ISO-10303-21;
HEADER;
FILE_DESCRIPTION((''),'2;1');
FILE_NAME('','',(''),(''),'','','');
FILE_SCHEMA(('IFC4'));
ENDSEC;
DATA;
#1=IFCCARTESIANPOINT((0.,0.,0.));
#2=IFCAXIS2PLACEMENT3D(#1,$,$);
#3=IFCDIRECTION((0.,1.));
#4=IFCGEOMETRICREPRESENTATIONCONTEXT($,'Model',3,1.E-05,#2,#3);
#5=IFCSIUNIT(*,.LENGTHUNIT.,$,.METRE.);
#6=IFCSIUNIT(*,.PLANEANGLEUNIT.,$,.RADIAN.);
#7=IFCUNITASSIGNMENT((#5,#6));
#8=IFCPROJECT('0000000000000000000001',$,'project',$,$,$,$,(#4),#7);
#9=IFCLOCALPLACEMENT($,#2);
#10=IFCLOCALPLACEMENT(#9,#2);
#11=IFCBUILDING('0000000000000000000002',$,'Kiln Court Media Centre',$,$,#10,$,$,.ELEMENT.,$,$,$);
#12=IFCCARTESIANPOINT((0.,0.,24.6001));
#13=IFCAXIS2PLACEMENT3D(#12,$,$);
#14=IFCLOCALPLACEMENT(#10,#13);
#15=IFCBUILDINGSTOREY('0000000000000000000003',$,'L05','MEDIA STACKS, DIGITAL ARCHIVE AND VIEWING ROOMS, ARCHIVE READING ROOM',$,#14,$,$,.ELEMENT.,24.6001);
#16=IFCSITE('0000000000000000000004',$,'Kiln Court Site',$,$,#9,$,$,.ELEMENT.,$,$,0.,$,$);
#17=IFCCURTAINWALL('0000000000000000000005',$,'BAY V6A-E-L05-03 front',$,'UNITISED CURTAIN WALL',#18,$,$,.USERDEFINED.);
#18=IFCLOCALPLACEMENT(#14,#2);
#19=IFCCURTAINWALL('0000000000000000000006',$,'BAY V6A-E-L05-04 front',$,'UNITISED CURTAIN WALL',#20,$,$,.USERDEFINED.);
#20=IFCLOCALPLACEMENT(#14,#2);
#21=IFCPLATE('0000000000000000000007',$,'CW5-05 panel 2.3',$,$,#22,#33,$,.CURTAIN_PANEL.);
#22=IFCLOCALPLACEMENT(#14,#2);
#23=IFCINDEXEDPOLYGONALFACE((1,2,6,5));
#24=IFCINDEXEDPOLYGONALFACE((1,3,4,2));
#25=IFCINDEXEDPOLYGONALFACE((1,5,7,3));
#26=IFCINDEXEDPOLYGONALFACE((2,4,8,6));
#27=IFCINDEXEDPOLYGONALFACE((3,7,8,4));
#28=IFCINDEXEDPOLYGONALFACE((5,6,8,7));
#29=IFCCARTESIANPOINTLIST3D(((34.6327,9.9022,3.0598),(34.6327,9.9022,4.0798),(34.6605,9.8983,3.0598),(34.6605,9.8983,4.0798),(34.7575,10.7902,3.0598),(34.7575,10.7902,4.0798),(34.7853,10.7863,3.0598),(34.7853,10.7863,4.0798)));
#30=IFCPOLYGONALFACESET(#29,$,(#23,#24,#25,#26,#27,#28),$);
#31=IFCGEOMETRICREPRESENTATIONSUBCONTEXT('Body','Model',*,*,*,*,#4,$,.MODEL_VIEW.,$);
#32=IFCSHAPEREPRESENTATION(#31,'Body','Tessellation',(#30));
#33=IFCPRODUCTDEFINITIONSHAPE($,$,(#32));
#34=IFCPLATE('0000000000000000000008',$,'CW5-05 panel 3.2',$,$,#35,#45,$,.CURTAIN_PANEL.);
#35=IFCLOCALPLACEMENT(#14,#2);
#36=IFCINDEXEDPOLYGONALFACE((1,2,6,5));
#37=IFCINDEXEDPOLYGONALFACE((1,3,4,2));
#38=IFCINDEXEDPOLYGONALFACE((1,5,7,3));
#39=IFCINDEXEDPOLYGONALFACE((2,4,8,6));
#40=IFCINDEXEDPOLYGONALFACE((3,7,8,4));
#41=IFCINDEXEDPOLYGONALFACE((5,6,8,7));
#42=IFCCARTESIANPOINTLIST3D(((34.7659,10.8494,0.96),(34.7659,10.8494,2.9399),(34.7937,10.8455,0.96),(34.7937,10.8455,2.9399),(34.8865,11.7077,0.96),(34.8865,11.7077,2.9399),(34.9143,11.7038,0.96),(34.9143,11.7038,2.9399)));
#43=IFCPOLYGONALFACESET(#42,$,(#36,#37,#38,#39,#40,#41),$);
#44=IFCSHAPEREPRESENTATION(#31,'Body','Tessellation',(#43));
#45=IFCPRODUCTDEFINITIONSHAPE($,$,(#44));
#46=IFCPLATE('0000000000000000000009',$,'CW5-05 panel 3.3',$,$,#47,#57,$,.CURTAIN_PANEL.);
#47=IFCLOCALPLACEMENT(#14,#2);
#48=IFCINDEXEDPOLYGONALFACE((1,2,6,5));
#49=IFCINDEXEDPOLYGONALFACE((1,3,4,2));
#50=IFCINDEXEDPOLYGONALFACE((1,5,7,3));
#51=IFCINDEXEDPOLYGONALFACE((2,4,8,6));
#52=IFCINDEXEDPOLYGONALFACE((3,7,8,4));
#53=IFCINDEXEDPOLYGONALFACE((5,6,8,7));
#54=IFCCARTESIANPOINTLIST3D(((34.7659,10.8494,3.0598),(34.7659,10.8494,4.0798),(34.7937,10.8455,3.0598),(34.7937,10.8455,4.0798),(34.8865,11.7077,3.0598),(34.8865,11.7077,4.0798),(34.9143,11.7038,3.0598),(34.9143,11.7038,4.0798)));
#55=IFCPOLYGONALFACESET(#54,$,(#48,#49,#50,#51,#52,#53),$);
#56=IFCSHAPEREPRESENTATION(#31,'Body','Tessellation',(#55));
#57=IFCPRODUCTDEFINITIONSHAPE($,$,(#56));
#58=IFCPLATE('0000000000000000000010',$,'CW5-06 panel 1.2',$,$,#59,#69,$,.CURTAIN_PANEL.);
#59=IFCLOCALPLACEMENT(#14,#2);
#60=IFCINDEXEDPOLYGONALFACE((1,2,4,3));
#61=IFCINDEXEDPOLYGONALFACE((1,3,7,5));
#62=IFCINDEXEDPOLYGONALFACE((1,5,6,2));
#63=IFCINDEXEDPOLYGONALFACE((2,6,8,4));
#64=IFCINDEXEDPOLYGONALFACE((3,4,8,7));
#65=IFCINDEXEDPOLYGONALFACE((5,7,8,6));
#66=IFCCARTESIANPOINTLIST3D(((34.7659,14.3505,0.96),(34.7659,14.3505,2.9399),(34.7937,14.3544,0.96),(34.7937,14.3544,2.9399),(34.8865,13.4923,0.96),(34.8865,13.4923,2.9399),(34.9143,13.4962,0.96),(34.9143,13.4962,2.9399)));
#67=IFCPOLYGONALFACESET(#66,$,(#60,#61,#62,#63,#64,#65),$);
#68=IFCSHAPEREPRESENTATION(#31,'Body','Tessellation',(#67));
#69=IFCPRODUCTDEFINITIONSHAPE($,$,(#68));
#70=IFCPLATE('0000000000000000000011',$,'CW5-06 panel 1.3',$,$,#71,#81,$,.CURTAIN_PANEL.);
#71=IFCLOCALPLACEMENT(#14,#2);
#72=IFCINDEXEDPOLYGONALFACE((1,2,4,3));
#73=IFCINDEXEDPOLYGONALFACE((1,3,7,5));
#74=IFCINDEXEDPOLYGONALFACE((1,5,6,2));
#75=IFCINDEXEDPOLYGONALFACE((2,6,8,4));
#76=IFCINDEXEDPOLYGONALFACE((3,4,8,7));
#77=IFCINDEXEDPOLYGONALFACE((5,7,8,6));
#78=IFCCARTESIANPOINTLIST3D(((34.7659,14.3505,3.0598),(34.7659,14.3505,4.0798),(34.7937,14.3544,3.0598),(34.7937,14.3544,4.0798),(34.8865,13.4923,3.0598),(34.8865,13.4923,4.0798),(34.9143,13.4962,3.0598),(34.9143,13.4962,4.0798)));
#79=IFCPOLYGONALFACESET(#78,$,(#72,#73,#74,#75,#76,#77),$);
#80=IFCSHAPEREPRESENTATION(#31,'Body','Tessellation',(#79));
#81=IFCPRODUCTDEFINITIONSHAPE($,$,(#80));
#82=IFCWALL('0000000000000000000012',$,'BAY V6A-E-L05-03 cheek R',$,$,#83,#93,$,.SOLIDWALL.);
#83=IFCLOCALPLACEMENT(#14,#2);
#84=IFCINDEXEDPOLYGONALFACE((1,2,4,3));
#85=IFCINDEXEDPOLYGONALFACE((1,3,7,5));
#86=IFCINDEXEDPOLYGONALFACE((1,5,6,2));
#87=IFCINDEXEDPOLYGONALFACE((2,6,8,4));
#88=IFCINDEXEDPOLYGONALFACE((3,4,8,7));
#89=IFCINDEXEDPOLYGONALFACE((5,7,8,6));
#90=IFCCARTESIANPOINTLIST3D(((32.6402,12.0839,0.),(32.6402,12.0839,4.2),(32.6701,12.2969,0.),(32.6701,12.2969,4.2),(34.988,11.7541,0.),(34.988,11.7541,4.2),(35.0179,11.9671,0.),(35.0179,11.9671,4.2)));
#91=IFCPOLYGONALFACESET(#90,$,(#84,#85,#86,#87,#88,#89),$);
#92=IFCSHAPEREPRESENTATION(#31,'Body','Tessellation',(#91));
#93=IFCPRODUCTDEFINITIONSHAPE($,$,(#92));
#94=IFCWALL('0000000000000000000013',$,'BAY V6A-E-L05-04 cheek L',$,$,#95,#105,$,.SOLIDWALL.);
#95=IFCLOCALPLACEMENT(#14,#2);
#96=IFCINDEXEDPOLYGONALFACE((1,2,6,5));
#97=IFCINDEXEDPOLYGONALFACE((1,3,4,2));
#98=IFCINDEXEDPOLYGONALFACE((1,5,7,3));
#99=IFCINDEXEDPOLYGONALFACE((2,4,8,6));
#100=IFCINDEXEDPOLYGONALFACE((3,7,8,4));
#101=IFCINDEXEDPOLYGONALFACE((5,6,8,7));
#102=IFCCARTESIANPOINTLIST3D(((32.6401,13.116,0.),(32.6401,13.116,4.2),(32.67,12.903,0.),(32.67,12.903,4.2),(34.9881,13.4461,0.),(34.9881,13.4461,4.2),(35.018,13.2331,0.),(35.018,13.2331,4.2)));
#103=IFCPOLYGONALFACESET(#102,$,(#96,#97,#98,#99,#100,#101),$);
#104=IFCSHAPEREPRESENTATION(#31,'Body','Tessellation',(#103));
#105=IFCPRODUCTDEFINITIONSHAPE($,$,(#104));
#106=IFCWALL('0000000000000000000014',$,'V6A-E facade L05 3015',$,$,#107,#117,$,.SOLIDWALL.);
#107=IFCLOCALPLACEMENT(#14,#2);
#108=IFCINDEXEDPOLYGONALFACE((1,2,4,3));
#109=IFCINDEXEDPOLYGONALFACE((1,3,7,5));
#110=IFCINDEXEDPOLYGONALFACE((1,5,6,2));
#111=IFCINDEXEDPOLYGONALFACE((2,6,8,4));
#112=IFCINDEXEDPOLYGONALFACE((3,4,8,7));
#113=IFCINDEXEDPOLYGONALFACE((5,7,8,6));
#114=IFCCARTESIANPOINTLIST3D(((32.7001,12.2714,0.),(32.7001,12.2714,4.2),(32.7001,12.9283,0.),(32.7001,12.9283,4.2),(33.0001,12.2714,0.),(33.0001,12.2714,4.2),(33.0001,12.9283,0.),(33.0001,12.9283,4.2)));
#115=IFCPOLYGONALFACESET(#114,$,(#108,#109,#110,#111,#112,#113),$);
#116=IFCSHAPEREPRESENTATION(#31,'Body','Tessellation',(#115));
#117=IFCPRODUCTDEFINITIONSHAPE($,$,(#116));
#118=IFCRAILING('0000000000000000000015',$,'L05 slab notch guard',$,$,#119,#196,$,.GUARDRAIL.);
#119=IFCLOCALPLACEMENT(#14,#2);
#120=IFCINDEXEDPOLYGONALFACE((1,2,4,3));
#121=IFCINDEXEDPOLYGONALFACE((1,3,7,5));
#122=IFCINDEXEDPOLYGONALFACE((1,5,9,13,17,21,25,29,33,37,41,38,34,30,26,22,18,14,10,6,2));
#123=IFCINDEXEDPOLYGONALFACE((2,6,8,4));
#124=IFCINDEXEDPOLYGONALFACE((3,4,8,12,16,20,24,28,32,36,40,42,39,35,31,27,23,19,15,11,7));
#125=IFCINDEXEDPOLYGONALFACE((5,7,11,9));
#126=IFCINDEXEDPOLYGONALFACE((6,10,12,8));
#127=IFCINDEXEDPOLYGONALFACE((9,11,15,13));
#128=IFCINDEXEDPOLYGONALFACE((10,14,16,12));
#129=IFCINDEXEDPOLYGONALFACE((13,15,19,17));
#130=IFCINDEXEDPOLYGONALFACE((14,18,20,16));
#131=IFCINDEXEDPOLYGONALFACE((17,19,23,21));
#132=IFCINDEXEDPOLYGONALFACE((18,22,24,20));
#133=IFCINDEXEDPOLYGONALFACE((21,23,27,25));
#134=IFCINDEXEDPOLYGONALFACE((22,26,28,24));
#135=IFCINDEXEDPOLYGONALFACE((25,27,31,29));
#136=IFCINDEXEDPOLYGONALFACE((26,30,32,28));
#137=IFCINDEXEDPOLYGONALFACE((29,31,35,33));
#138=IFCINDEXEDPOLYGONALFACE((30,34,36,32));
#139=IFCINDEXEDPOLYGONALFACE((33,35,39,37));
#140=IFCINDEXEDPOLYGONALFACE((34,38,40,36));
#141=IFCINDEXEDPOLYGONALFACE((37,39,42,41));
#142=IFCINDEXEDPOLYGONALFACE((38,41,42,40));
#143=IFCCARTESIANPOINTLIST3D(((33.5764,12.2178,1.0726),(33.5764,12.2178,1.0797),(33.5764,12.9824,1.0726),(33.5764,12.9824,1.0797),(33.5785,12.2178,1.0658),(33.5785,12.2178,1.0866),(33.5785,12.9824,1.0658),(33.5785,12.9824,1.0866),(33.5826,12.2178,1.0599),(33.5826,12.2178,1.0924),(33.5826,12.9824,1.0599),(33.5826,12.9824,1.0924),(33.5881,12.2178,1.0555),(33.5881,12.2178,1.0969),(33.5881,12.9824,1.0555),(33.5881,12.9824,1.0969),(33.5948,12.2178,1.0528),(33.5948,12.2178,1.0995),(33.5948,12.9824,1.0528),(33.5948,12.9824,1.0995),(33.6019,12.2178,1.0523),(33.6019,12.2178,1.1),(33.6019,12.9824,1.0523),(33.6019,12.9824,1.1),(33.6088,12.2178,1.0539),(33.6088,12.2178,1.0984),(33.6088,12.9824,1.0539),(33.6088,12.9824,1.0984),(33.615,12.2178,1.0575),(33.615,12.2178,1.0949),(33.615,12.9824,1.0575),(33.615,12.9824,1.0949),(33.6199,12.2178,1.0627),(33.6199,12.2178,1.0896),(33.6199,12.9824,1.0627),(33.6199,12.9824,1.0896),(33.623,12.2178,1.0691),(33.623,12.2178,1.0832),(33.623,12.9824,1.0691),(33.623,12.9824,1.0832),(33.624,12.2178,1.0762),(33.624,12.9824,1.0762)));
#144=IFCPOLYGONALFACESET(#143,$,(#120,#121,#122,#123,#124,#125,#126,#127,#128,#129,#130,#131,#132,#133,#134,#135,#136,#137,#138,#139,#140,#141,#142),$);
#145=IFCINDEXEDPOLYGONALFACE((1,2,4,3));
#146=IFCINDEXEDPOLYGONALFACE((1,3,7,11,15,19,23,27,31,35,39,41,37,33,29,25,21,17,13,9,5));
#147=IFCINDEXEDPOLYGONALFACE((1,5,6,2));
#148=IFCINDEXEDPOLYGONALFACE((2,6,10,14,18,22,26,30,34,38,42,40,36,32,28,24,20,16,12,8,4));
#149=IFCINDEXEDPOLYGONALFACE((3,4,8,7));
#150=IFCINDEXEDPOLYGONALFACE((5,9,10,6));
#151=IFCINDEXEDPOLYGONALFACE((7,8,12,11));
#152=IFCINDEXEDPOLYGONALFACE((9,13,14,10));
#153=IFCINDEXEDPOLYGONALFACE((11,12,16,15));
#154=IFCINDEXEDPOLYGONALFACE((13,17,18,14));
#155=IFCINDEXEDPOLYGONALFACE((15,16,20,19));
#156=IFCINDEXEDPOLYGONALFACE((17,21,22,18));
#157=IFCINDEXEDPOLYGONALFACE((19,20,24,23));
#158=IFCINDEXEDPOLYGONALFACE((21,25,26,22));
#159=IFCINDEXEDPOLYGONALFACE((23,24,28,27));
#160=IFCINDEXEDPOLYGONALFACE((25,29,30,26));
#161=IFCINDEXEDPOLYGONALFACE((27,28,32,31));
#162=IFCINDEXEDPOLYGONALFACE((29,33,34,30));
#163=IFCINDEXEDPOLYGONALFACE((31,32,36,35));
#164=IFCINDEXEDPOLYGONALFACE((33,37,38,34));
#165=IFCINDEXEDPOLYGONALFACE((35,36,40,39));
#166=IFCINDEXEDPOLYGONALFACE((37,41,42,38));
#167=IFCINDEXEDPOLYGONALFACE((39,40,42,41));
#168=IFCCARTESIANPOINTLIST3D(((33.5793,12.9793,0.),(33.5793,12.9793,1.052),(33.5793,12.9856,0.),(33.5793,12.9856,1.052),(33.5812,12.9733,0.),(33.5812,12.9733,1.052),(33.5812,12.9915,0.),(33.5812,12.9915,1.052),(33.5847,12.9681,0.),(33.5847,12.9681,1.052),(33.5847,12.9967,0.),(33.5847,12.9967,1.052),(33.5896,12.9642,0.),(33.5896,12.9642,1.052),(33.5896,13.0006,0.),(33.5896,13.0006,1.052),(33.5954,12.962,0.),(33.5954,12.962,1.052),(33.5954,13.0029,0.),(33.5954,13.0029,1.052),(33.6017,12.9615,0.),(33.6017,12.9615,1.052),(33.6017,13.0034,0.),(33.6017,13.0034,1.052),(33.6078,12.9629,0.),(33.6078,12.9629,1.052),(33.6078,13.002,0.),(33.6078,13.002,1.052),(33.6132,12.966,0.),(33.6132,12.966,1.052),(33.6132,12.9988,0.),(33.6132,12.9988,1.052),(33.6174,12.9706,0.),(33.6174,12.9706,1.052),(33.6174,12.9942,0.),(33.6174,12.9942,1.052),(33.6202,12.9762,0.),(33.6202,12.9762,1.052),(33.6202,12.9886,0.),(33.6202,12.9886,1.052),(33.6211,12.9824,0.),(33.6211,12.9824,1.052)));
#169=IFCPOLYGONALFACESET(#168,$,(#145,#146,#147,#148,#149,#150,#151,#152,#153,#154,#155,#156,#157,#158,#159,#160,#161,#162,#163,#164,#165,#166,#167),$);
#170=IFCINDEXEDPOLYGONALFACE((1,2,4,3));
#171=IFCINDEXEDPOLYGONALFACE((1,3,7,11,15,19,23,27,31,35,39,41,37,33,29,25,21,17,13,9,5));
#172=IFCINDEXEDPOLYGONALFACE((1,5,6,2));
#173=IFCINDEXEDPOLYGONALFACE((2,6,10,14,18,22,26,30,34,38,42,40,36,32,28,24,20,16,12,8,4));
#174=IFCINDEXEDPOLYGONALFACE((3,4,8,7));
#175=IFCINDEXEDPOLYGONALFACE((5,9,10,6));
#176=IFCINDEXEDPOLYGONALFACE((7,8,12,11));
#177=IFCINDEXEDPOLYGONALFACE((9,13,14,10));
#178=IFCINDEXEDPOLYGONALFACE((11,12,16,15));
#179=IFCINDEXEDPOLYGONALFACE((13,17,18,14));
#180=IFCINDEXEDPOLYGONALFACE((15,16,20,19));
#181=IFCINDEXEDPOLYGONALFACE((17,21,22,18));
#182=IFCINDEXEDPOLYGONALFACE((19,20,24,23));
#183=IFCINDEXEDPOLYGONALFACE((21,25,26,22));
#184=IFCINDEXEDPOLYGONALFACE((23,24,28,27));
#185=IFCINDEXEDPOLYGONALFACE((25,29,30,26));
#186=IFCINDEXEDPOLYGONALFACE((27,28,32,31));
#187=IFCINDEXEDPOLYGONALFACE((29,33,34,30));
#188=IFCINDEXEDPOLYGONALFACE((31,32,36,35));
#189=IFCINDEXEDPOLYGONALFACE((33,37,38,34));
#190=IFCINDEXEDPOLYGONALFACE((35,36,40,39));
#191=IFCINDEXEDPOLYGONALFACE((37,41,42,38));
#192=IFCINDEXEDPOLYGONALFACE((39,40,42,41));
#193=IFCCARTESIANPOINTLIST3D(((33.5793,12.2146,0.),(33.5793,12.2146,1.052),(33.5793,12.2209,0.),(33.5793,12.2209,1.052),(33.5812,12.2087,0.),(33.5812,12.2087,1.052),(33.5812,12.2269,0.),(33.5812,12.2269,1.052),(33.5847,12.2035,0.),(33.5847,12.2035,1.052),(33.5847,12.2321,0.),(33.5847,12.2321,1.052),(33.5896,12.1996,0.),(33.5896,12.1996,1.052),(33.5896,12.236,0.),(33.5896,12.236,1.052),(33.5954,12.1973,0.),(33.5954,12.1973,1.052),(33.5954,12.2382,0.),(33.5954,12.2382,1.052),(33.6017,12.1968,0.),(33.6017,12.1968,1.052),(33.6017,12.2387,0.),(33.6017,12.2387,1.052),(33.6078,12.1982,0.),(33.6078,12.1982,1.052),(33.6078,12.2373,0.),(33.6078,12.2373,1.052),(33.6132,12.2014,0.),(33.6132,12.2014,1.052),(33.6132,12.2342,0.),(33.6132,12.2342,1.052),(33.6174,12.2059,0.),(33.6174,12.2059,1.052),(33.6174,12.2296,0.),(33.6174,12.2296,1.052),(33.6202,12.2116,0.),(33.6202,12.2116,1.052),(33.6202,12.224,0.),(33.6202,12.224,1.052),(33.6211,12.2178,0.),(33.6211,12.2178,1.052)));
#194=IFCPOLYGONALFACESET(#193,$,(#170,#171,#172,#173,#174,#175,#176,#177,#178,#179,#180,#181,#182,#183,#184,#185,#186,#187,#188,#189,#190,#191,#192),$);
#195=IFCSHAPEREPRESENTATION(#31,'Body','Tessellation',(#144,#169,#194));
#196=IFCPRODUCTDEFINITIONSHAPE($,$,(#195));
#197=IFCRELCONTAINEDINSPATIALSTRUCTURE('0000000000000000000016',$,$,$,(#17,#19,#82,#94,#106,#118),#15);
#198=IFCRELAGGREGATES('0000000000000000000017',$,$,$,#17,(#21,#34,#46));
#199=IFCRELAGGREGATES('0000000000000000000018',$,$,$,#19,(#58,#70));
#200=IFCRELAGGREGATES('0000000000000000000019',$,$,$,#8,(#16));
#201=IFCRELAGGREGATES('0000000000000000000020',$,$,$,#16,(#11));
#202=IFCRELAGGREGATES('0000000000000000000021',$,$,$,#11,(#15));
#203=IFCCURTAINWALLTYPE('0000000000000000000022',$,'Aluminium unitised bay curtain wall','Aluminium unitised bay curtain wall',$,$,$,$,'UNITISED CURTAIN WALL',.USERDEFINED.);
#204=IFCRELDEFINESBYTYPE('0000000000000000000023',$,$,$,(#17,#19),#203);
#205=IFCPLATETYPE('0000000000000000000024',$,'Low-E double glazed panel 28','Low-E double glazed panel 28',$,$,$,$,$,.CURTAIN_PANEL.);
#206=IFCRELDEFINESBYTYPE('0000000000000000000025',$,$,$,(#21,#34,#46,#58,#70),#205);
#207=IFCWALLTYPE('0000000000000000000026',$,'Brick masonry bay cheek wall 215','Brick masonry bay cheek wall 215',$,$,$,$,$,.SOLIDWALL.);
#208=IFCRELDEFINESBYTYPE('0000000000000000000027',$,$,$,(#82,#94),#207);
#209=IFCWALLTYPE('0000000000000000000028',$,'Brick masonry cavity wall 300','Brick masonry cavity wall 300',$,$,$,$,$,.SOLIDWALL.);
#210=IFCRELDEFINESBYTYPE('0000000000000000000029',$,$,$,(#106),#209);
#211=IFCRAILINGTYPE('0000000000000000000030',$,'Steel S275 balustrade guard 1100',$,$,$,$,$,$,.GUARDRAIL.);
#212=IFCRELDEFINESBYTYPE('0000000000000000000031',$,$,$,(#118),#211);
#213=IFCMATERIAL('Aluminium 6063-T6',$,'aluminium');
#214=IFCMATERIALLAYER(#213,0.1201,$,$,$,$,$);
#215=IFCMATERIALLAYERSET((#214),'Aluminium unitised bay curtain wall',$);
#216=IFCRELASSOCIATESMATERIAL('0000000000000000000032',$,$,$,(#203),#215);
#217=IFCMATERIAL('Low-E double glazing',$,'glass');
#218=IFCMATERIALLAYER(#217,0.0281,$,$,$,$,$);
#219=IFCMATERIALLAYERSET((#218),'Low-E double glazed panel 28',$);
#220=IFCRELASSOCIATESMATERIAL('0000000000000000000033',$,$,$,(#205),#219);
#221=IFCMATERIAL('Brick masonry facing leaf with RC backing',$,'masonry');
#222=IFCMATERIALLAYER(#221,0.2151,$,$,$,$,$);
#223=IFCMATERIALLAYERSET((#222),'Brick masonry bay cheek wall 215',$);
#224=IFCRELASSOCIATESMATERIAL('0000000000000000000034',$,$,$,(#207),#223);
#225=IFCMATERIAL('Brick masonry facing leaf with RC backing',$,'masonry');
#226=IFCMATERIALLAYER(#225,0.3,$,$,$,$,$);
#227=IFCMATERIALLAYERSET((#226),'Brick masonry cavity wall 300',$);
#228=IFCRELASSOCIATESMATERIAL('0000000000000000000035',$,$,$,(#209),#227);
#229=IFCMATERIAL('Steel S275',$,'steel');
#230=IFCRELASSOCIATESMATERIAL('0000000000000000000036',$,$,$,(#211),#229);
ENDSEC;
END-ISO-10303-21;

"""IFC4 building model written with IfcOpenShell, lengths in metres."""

from ifc_helpers import new_model, si_unit, direction, frame, frame_2d, origin, origin_2d, place, context, subcontext, project, spatial, rectangle, circle, extrude, material, layer, layer_set, type_object, element, aggregate, save


model = new_model("IFC4")

# Units and contexts
model_context = context("Model", 3, precision=1e-05, world=origin(), true_north=direction((0.0, 1.0)))
body_context = subcontext(model_context, "Body", "Model", "MODEL_VIEW")
ifc_project = project(units=[si_unit("LENGTHUNIT", "METRE"), si_unit("PLANEANGLEUNIT", "RADIAN")], contexts=[model_context])

# Site, building, storey
site_placement = place(None, origin())
site = spatial("IfcSite", under=ifc_project, at=site_placement, Name="Kiln Court Site", CompositionType="ELEMENT", RefElevation=0.0)
building_placement = place(site_placement, origin())
building = spatial("IfcBuilding", under=site, at=building_placement, Name="Kiln Court Media Centre", CompositionType="ELEMENT")
storey_placement = place(building_placement, frame((0.0, 0.0, 24.6001)))
storey = spatial("IfcBuildingStorey", under=building, at=storey_placement, Name="L05", Description="MEDIA STACKS, DIGITAL ARCHIVE AND VIEWING ROOMS, ARCHIVE READING ROOM", CompositionType="ELEMENT", Elevation=24.6001)

# Curtain walls
ifc_material_1 = material(Name="Aluminium 6063-T6", Category="aluminium")
ifc_layer_1 = layer(ifc_material_1, 0.1201)
ifc_layer_set_1 = layer_set([ifc_layer_1], Name="Aluminium unitised bay curtain wall")
curtain_wall_type = type_object("IfcCurtainWallType", Name="Aluminium unitised bay curtain wall", Description="Aluminium unitised bay curtain wall", ElementType="UNITISED CURTAIN WALL", PredefinedType="USERDEFINED", material=ifc_layer_set_1)
curtain_wall_1_placement = place(storey_placement, origin())
curtain_wall_1 = element("IfcCurtainWall", 1, at=curtain_wall_1_placement, inside=storey, type_object=curtain_wall_type, Name="BAY V6A-E-L05-03 front", ObjectType="UNITISED CURTAIN WALL", PredefinedType="USERDEFINED")
curtain_wall_2_placement = place(storey_placement, origin())
curtain_wall_2 = element("IfcCurtainWall", 2, at=curtain_wall_2_placement, inside=storey, type_object=curtain_wall_type, Name="BAY V6A-E-L05-04 front", ObjectType="UNITISED CURTAIN WALL", PredefinedType="USERDEFINED")

# Plates
ifc_material_2 = material(Name="Low-E double glazing", Category="glass")
ifc_layer_2 = layer(ifc_material_2, 0.0281)
ifc_layer_set_2 = layer_set([ifc_layer_2], Name="Low-E double glazed panel 28")
plate_type_1 = type_object("IfcPlateType", Name="Low-E double glazed panel 28", Description="Low-E double glazed panel 28", PredefinedType="CURTAIN_PANEL", material=ifc_layer_set_2)
plate_1_placement = place(storey_placement, frame((34.709, 10.3442, 3.0598), z_axis=(0.0, 0.0, 1.0), x_axis=(0.139162, 0.99027, 0.0)))
plate_1 = element("IfcPlate", 3, at=plate_1_placement, type_object=plate_type_1, Name="CW5-05 panel 2.3", PredefinedType="CURTAIN_PANEL", context=body_context, shape_type="SweptSolid", body=[
    extrude(rectangle(XDim=0.8967, YDim=0.0281, at=origin_2d()), origin(), (0.0, 0.0, 1.0), 1.02),
])
plate_2_placement = place(storey_placement, frame((34.8401, 11.2766, 0.96), z_axis=(0.0, 0.0, 1.0), x_axis=(0.139162, 0.99027, 0.0)))
plate_2 = element("IfcPlate", 4, at=plate_2_placement, type_object=plate_type_1, Name="CW5-05 panel 3.2", PredefinedType="CURTAIN_PANEL", context=body_context, shape_type="SweptSolid", body=[
    extrude(rectangle(XDim=0.8667, YDim=0.0281, at=origin_2d()), origin(), (0.0, 0.0, 1.0), 1.98),
])
plate_3_placement = place(storey_placement, frame((34.8401, 11.2766, 3.0598), z_axis=(0.0, 0.0, 1.0), x_axis=(0.139162, 0.99027, 0.0)))
plate_3 = element("IfcPlate", 5, at=plate_3_placement, type_object=plate_type_1, Name="CW5-05 panel 3.3", PredefinedType="CURTAIN_PANEL", context=body_context, shape_type="SweptSolid", body=[
    extrude(rectangle(XDim=0.8667, YDim=0.0281, at=origin_2d()), origin(), (0.0, 0.0, 1.0), 1.02),
])
aggregate(curtain_wall_1, [plate_1, plate_2, plate_3])
plate_4_placement = place(storey_placement, frame((34.8401, 13.9233, 0.96), z_axis=(0.0, 0.0, 1.0), x_axis=(-0.139162, 0.99027, 0.0)))
plate_4 = element("IfcPlate", 6, at=plate_4_placement, type_object=plate_type_1, Name="CW5-06 panel 1.2", PredefinedType="CURTAIN_PANEL", context=body_context, shape_type="SweptSolid", body=[
    extrude(rectangle(XDim=0.8667, YDim=0.0281, at=origin_2d()), origin(), (0.0, 0.0, 1.0), 1.98),
])
plate_5_placement = place(storey_placement, frame((34.8401, 13.9233, 3.0598), z_axis=(0.0, 0.0, 1.0), x_axis=(-0.139162, 0.99027, 0.0)))
plate_5 = element("IfcPlate", 7, at=plate_5_placement, type_object=plate_type_1, Name="CW5-06 panel 1.3", PredefinedType="CURTAIN_PANEL", context=body_context, shape_type="SweptSolid", body=[
    extrude(rectangle(XDim=0.8667, YDim=0.0281, at=origin_2d()), origin(), (0.0, 0.0, 1.0), 1.02),
])
aggregate(curtain_wall_2, [plate_4, plate_5])

# Walls
ifc_material_3 = material(Name="Brick masonry facing leaf with RC backing", Category="masonry")
ifc_layer_3 = layer(ifc_material_3, 0.2151)
ifc_layer_set_3 = layer_set([ifc_layer_3], Name="Brick masonry bay cheek wall 215")
wall_type_1 = type_object("IfcWallType", Name="Brick masonry bay cheek wall 215", Description="Brick masonry bay cheek wall 215", PredefinedType="SOLIDWALL", material=ifc_layer_set_3)
wall_1_placement = place(storey_placement, frame((32.655, 12.1904, 0.0), z_axis=(0.0, 0.0, 1.0), x_axis=(0.990276, -0.139114, 0.0)))
element("IfcWall", 8, at=wall_1_placement, inside=storey, type_object=wall_type_1, Name="BAY V6A-E-L05-03 cheek R", PredefinedType="SOLIDWALL", context=body_context, shape_type="SweptSolid", body=[
    extrude(rectangle(XDim=2.3708, YDim=0.2151, at=frame_2d((1.1855, 0.0))), origin(), (0.0, 0.0, 1.0), 4.2),
])
wall_2_placement = place(storey_placement, frame((32.655, 13.0095, 0.0), z_axis=(0.0, 0.0, 1.0), x_axis=(0.990262, 0.139215, 0.0)))
element("IfcWall", 9, at=wall_2_placement, inside=storey, type_object=wall_type_1, Name="BAY V6A-E-L05-04 cheek L", PredefinedType="SOLIDWALL", context=body_context, shape_type="SweptSolid", body=[
    extrude(rectangle(XDim=2.3711, YDim=0.2151, at=frame_2d((1.1855, 0.0))), origin(), (0.0, 0.0, 1.0), 4.2),
])
ifc_material_4 = material(Name="Brick masonry facing leaf with RC backing", Category="masonry")
ifc_layer_4 = layer(ifc_material_4, 0.3)
ifc_layer_set_4 = layer_set([ifc_layer_4], Name="Brick masonry cavity wall 300")
wall_type_2 = type_object("IfcWallType", Name="Brick masonry cavity wall 300", Description="Brick masonry cavity wall 300", PredefinedType="SOLIDWALL", material=ifc_layer_set_4)
wall_3_placement = place(storey_placement, frame((32.8501, 12.9285, 0.0), z_axis=(0.0, 0.0, 1.0), x_axis=(0.0, -1.0, 0.0)))
element("IfcWall", 10, at=wall_3_placement, inside=storey, type_object=wall_type_2, Name="V6A-E facade L05 3015", PredefinedType="SOLIDWALL", context=body_context, shape_type="SweptSolid", body=[
    extrude(rectangle(XDim=0.657, YDim=0.3, at=frame_2d((0.3286, 0.0))), origin(), (0.0, 0.0, 1.0), 4.2),
])

# Railing
ifc_material_5 = material(Name="Steel S275", Category="steel")
railing_type = type_object("IfcRailingType", Name="Steel S275 balustrade guard 1100", PredefinedType="GUARDRAIL", material=ifc_material_5)
railing_placement = place(storey_placement, frame((33.6001, 12.9824, 0.0)))
element("IfcRailing", 11, at=railing_placement, inside=storey, type_object=railing_type, Name="L05 slab notch guard", PredefinedType="GUARDRAIL", context=body_context, shape_type="SweptSolid", body=[
    extrude(circle(Radius=0.0239, at=origin_2d()), frame((0.0, 0.0, 1.0762), z_axis=(0.0, -1.0, 0.0), x_axis=(1.0, 0.0, 0.0)), (0.0, 0.0, 1.0), 0.7646),
    extrude(circle(Radius=0.021, at=origin_2d()), origin(), (0.0, 0.0, 1.0), 1.052),
    extrude(circle(Radius=0.021, at=origin_2d()), frame((0.0, -0.7646, 0.0)), (0.0, 0.0, 1.0), 1.052),
])

save(model, "model.ifc")
